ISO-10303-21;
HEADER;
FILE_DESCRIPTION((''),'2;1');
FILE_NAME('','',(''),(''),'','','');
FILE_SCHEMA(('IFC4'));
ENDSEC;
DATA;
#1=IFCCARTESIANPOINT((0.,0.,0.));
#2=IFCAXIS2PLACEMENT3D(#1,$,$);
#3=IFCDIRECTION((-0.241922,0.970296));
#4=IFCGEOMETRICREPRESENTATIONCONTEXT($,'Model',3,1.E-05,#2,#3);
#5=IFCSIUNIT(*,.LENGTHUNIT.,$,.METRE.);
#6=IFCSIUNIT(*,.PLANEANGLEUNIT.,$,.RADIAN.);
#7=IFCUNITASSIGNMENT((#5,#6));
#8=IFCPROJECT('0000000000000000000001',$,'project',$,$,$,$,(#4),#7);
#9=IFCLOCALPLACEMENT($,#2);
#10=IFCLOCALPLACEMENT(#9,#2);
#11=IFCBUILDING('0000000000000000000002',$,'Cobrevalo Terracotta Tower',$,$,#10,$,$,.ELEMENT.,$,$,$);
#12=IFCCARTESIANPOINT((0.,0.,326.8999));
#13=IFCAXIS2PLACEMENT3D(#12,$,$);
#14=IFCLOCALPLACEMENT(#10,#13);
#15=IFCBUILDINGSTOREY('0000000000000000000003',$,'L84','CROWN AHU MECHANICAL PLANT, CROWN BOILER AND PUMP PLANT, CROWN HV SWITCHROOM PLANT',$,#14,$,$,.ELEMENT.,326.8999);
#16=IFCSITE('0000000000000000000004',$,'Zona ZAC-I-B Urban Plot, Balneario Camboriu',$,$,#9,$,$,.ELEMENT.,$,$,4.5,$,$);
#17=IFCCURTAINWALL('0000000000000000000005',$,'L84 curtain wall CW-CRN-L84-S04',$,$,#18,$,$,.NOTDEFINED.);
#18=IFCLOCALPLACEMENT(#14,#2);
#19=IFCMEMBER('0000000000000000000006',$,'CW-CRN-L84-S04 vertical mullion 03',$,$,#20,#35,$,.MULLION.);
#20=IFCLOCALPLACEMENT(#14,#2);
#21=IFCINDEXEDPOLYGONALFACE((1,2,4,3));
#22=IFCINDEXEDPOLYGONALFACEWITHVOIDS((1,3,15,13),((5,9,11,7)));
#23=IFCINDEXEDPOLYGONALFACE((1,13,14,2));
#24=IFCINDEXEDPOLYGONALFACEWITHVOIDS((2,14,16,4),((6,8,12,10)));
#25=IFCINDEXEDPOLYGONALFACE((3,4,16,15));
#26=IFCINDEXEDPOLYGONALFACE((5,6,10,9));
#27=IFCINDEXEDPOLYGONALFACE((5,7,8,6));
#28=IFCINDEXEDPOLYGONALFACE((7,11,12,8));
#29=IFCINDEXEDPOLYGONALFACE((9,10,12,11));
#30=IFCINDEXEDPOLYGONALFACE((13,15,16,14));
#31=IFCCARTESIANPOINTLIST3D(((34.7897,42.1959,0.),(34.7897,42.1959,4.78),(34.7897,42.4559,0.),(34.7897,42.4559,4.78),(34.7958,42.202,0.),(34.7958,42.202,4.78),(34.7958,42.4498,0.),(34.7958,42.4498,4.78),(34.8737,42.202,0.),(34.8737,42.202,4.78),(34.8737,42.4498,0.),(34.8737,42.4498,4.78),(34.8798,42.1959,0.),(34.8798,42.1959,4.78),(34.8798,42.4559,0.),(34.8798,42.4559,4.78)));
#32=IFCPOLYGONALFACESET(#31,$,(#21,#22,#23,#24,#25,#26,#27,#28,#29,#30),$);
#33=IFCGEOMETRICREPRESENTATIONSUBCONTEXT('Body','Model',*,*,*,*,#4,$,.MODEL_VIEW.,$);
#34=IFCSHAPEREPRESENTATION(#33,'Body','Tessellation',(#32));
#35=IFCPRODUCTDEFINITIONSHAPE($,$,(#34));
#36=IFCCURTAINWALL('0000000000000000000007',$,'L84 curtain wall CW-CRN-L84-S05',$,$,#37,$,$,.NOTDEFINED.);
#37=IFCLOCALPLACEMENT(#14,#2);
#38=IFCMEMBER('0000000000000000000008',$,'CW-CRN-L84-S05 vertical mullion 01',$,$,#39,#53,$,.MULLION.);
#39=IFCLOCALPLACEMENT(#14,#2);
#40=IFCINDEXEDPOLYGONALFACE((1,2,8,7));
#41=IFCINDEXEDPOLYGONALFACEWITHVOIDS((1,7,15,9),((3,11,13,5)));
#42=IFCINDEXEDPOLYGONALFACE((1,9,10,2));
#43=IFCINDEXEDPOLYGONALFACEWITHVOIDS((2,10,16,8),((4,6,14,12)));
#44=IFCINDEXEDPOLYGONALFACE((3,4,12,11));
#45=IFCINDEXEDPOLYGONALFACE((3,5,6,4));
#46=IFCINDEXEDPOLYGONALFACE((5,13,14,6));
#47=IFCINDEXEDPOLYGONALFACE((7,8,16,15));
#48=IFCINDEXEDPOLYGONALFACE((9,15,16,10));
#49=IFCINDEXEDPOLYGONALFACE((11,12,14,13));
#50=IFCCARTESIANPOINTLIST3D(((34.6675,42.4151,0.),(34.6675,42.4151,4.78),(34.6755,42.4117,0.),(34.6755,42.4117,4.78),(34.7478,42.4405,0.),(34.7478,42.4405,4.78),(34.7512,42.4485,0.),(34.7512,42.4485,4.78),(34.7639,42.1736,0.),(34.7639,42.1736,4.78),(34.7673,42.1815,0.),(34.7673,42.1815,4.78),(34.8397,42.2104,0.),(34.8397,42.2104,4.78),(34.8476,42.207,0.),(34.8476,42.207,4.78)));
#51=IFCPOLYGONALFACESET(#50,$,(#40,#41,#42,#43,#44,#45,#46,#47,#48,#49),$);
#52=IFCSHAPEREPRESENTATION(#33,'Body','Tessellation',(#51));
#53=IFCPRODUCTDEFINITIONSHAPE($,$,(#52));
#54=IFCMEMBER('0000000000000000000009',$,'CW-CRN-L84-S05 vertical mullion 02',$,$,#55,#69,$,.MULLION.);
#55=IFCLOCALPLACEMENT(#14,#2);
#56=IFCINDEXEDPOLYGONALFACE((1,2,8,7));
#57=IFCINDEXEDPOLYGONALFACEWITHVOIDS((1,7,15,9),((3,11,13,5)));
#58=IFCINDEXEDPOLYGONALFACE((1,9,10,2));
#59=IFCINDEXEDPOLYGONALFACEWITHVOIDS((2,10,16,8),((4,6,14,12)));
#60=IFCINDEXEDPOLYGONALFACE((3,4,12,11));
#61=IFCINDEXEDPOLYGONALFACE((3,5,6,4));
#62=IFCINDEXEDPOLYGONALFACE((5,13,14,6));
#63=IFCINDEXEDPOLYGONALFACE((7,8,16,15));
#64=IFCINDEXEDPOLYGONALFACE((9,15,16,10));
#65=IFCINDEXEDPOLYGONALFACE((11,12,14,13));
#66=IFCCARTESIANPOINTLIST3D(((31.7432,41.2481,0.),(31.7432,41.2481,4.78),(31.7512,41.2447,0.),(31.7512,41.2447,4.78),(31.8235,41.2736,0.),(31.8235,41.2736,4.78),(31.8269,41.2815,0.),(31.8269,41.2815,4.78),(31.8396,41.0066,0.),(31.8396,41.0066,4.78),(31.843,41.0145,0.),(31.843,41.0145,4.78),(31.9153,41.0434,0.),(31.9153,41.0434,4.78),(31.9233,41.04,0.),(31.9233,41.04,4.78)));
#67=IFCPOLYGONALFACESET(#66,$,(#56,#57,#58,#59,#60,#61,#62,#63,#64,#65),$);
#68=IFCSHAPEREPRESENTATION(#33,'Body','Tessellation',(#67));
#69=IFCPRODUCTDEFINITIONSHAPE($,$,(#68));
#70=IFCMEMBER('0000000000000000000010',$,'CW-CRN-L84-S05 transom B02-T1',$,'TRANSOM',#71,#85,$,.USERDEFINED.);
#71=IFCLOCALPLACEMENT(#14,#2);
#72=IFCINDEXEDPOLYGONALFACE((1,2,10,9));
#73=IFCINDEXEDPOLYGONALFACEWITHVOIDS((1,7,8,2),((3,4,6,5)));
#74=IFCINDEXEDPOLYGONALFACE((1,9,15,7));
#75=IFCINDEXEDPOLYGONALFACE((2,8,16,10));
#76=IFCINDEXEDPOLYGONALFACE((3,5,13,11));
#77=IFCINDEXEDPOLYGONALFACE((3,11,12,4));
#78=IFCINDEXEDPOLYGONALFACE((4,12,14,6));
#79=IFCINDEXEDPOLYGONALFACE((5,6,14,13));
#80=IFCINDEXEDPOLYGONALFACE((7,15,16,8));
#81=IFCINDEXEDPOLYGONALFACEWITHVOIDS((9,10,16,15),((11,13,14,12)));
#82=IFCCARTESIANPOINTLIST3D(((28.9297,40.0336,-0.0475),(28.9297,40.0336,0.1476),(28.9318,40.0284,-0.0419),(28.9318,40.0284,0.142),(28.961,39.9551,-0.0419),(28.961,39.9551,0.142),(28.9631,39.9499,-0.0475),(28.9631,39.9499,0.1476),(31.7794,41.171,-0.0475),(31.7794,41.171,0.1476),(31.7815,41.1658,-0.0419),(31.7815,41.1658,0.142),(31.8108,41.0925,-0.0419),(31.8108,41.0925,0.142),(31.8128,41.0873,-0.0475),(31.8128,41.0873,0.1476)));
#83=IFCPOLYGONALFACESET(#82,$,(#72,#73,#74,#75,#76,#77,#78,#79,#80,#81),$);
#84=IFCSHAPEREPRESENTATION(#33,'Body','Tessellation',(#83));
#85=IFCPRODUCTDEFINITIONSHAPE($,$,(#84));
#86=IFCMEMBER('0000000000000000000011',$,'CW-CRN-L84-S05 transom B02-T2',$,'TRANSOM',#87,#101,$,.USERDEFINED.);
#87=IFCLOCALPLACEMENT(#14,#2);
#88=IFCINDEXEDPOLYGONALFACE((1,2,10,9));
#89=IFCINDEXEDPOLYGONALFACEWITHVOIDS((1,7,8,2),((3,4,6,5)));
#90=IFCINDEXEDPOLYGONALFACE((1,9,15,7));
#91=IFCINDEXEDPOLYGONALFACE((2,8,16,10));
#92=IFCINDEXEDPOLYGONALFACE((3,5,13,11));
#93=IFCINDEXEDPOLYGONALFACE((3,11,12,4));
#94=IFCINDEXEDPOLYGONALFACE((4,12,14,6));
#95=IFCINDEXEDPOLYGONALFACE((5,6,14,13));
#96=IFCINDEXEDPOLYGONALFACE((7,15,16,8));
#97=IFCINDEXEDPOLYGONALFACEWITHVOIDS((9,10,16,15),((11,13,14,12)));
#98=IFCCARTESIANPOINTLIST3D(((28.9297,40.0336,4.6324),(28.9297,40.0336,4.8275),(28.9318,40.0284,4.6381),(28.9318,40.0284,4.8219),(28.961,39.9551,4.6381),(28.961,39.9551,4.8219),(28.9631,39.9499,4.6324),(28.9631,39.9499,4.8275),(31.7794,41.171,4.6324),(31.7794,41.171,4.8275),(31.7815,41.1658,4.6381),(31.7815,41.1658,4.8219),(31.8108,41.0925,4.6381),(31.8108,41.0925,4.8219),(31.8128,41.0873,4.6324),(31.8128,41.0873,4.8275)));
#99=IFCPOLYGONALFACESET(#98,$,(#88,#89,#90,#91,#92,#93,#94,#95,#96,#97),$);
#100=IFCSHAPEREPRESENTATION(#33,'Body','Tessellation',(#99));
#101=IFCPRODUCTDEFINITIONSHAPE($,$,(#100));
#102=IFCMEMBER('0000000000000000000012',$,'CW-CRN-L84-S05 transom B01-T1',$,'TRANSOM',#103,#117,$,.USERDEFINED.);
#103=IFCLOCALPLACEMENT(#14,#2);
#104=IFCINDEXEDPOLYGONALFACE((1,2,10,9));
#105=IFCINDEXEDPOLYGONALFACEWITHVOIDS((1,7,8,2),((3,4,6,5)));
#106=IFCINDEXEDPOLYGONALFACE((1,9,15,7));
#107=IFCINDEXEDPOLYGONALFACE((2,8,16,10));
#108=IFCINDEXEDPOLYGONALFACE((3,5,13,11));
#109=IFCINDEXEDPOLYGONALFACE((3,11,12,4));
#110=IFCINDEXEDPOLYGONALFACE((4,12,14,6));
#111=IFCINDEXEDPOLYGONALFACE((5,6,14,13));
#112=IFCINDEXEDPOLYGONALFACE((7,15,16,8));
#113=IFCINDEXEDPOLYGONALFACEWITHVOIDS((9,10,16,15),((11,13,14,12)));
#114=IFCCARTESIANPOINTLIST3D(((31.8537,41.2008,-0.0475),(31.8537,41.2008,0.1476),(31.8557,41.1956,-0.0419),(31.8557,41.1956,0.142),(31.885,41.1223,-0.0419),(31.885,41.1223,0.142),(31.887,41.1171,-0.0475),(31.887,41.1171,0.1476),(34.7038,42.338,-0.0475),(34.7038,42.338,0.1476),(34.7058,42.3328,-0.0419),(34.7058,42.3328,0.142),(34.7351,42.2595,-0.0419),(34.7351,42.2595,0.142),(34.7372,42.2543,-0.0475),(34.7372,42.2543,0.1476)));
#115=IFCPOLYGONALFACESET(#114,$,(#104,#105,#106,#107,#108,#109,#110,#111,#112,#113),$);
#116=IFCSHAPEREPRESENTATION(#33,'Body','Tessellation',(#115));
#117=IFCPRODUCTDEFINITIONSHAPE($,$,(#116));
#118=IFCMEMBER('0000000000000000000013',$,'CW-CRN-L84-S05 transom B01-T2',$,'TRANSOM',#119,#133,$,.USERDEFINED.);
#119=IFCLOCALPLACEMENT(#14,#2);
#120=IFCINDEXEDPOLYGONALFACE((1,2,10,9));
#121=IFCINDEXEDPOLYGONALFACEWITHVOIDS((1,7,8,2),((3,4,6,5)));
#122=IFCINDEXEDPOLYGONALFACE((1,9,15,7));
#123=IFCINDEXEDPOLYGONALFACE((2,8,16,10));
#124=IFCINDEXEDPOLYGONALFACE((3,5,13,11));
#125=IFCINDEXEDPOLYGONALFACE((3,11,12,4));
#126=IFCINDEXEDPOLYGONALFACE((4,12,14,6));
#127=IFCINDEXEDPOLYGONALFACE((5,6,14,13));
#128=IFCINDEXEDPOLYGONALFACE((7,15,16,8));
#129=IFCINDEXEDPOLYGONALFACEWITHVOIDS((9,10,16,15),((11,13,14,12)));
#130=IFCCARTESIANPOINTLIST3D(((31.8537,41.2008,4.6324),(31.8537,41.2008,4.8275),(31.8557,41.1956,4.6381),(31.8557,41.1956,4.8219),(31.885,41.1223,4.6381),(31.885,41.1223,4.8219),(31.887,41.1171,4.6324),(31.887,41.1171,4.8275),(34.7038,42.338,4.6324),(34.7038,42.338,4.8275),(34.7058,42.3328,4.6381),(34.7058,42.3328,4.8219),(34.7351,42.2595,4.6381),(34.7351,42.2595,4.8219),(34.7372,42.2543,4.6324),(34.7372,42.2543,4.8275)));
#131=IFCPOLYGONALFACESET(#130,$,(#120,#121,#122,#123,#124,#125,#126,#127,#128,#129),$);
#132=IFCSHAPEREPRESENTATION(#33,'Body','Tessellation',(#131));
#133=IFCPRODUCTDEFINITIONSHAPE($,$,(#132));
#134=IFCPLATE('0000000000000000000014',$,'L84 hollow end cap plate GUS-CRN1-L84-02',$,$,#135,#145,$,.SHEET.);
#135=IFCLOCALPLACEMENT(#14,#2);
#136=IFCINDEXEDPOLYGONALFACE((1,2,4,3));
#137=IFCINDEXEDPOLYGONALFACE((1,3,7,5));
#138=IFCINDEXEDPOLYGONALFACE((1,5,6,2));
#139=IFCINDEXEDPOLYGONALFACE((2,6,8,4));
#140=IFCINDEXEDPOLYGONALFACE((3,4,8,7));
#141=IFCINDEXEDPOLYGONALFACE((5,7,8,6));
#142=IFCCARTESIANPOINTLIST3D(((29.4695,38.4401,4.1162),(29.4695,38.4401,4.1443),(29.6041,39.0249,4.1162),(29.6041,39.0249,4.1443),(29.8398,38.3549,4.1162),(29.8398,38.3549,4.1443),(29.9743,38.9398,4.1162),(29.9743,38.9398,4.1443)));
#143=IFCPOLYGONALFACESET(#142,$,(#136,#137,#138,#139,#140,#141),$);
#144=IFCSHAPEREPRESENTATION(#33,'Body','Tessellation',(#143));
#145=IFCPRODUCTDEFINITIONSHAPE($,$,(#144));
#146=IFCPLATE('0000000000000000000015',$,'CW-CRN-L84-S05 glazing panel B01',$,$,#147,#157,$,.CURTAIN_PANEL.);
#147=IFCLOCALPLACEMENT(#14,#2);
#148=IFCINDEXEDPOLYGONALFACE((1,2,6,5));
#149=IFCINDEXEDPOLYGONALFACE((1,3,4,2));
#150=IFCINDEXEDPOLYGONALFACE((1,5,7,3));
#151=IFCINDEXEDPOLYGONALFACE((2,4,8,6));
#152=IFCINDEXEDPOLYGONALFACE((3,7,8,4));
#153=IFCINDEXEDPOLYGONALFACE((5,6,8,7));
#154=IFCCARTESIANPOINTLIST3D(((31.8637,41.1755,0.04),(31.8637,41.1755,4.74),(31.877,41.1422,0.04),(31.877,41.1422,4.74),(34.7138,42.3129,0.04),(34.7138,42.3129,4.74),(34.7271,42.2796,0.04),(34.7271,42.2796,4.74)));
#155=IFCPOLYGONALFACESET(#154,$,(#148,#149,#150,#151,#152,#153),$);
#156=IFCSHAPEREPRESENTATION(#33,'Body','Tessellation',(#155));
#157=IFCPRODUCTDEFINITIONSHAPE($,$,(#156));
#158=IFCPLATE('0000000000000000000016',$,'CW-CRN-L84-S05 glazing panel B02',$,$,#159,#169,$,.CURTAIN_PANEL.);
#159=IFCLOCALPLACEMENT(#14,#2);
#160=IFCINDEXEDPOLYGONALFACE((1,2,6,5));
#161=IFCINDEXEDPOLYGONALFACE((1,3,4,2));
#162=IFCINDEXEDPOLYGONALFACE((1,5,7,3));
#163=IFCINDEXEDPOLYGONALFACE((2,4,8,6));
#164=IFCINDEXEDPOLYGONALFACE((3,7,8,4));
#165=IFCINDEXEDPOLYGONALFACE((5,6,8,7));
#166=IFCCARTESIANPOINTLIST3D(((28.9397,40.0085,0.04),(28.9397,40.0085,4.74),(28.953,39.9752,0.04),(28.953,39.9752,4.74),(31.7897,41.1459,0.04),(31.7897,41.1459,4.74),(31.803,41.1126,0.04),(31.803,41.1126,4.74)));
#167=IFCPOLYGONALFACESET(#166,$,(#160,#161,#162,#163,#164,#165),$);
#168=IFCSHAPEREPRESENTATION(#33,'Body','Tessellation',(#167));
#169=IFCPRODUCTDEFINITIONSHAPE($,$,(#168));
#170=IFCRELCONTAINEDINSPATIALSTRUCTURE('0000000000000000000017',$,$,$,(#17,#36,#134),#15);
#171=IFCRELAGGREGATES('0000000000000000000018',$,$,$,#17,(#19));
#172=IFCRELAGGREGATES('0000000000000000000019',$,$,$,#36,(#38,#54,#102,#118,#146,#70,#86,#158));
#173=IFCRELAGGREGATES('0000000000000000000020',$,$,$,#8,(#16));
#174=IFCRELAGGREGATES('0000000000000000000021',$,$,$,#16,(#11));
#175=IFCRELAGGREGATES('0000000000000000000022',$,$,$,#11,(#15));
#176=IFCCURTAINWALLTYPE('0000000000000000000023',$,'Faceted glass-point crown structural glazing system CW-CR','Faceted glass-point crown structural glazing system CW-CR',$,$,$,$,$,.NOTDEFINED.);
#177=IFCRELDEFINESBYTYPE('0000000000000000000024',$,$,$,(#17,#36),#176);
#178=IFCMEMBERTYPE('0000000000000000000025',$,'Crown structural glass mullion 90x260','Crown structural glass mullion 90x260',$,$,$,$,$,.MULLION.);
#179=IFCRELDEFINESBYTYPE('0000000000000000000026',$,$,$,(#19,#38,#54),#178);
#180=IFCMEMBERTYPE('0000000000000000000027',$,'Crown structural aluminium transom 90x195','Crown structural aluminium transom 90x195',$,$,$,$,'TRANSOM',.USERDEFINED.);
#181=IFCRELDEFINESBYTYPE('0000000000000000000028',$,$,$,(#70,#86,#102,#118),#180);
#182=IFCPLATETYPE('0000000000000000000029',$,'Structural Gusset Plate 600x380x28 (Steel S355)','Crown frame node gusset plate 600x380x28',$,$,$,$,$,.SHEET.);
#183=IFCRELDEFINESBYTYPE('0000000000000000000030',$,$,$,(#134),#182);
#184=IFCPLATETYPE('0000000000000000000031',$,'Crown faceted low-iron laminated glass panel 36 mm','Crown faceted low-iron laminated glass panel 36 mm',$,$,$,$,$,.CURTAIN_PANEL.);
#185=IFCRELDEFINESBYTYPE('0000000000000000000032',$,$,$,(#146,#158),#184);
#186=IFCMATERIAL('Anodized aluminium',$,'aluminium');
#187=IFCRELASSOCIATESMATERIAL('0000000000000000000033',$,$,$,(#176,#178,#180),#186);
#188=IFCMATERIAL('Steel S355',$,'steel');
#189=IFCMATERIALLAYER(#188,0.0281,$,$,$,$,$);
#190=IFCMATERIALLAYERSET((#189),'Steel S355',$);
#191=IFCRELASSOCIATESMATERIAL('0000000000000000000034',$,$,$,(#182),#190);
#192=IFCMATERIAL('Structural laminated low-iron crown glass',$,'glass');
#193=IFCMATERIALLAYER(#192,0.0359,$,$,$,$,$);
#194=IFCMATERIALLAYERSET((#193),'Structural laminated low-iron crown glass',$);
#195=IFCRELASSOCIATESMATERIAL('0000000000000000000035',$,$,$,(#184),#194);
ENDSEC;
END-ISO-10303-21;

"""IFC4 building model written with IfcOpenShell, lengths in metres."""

from ifc_helpers import new_model, si_unit, direction, frame, origin, origin_2d, place, context, subcontext, project, spatial, rectangle, hollow_rectangle, extrude, source, transform, mapped, material, layer, layer_set, material_profile, profile_set, type_object, element, aggregate, save


model = new_model("IFC4")

# Units and contexts
model_context = context("Model", 3, precision=1e-05, world=origin(), true_north=direction((-0.241922, 0.970296)))
body_context = subcontext(model_context, "Body", "Model", "MODEL_VIEW")
ifc_project = project(units=[si_unit("LENGTHUNIT", "METRE"), si_unit("PLANEANGLEUNIT", "RADIAN")], contexts=[model_context])

# Site, building, storey
site_placement = place(None, origin())
site = spatial("IfcSite", under=ifc_project, at=site_placement, Name="Zona ZAC-I-B Urban Plot, Balneario Camboriu", CompositionType="ELEMENT", RefElevation=4.5)
building_placement = place(site_placement, origin())
building = spatial("IfcBuilding", under=site, at=building_placement, Name="Cobrevalo Terracotta Tower", CompositionType="ELEMENT")
storey_placement = place(building_placement, frame((0.0, 0.0, 326.8999)))
storey = spatial("IfcBuildingStorey", under=building, at=storey_placement, Name="L84", Description="CROWN AHU MECHANICAL PLANT, CROWN BOILER AND PUMP PLANT, CROWN HV SWITCHROOM PLANT", CompositionType="ELEMENT", Elevation=326.8999)

# Shared definitions
ifc_material_1 = material(Name="Steel S355", Category="steel")

# Curtain wall, member
ifc_material_2 = material(Name="Anodized aluminium", Category="aluminium")
curtain_wall_type = type_object("IfcCurtainWallType", Name="Faceted glass-point crown structural glazing system CW-CR", Description="Faceted glass-point crown structural glazing system CW-CR", PredefinedType="NOTDEFINED", material=ifc_material_2)
curtain_wall_1_placement = place(storey_placement, origin())
curtain_wall_1 = element("IfcCurtainWall", 1, at=curtain_wall_1_placement, inside=storey, type_object=curtain_wall_type, Name="L84 curtain wall CW-CRN-L84-S04", PredefinedType="NOTDEFINED")
ifc_material_profile_1 = material_profile(ifc_material_2, hollow_rectangle(XDim=0.0901, YDim=0.26, WallThickness=0.0061, at=origin_2d()), Name="CWM 90x260")
ifc_profile_set_1 = profile_set([ifc_material_profile_1], Name="Anodized aluminium")
member_type_1 = type_object("IfcMemberType", Name="Crown structural glass mullion 90x260", Description="Crown structural glass mullion 90x260", PredefinedType="MULLION", material=ifc_profile_set_1)
shared_shape_1 = source(origin(), body_context, "Body", "SweptSolid", [
    extrude(hollow_rectangle(XDim=0.0901, YDim=0.26, WallThickness=0.0061, at=origin_2d()), origin(), (0.0, 0.0, 1.0), 4.78),
])
member_1_placement = place(storey_placement, frame((34.8347, 42.3259, 0.0), z_axis=(0.0, 0.0, 1.0), x_axis=(-1.0, 0.0, 0.0)))
member_1 = element("IfcMember", 2, at=member_1_placement, type_object=member_type_1, Name="CW-CRN-L84-S04 vertical mullion 03", PredefinedType="MULLION", context=body_context, shape_type="MappedRepresentation", body=[
    mapped(shared_shape_1, transform((0.0, 0.0, 0.0), scale=1.0)),
])
aggregate(curtain_wall_1, [member_1])

# Curtain wall, members
curtain_wall_2_placement = place(storey_placement, origin())
curtain_wall_2 = element("IfcCurtainWall", 3, at=curtain_wall_2_placement, inside=storey, type_object=curtain_wall_type, Name="L84 curtain wall CW-CRN-L84-S05", PredefinedType="NOTDEFINED")
member_2_placement = place(storey_placement, frame((34.7576, 42.311, 0.0), z_axis=(0.0, 0.0, 1.0), x_axis=(-0.928771, -0.370655, 0.0)))
member_2 = element("IfcMember", 4, at=member_2_placement, type_object=member_type_1, Name="CW-CRN-L84-S05 vertical mullion 01", PredefinedType="MULLION", context=body_context, shape_type="MappedRepresentation", body=[
    mapped(shared_shape_1, transform((0.0, 0.0, 0.0), scale=1.0)),
])
member_3_placement = place(storey_placement, frame((31.8333, 41.144, 0.0), z_axis=(0.0, 0.0, 1.0), x_axis=(-0.928771, -0.370655, 0.0)))
member_3 = element("IfcMember", 5, at=member_3_placement, type_object=member_type_1, Name="CW-CRN-L84-S05 vertical mullion 02", PredefinedType="MULLION", context=body_context, shape_type="MappedRepresentation", body=[
    mapped(shared_shape_1, transform((0.0, 0.0, 0.0), scale=1.0)),
])
ifc_material_profile_2 = material_profile(ifc_material_2, hollow_rectangle(XDim=0.0901, YDim=0.1951, WallThickness=0.0056, at=origin_2d()), Name="CWT 90x195")
ifc_profile_set_2 = profile_set([ifc_material_profile_2], Name="Anodized aluminium")
member_type_2 = type_object("IfcMemberType", Name="Crown structural aluminium transom 90x195", Description="Crown structural aluminium transom 90x195", ElementType="TRANSOM", PredefinedType="USERDEFINED", material=ifc_profile_set_2)
shared_shape_2 = source(origin(), body_context, "Body", "SweptSolid", [
    extrude(hollow_rectangle(XDim=0.0901, YDim=0.1951, WallThickness=0.0056, at=origin_2d()), origin(), (0.0, 0.0, 1.0), 3.0684),
])
member_4_placement = place(storey_placement, frame((31.7961, 41.1292, 0.05), z_axis=(-0.928756, -0.370691, 0.0), x_axis=(0.370691, -0.928756, 0.0)))
member_4 = element("IfcMember", 6, at=member_4_placement, type_object=member_type_2, Name="CW-CRN-L84-S05 transom B02-T1", ObjectType="TRANSOM", PredefinedType="USERDEFINED", context=body_context, shape_type="MappedRepresentation", body=[
    mapped(shared_shape_2, transform((0.0, 0.0, 0.0), scale=1.0)),
])
member_5_placement = place(storey_placement, frame((31.7961, 41.1292, 4.73), z_axis=(-0.928756, -0.370691, 0.0), x_axis=(0.370691, -0.928756, 0.0)))
member_5 = element("IfcMember", 7, at=member_5_placement, type_object=member_type_2, Name="CW-CRN-L84-S05 transom B02-T2", ObjectType="TRANSOM", PredefinedType="USERDEFINED", context=body_context, shape_type="MappedRepresentation", body=[
    mapped(shared_shape_2, transform((0.0, 0.0, 0.0), scale=1.0)),
])
shared_shape_3 = source(origin(), body_context, "Body", "SweptSolid", [
    extrude(hollow_rectangle(XDim=0.0901, YDim=0.1951, WallThickness=0.0056, at=origin_2d()), origin(), (0.0, 0.0, 1.0), 3.0686),
])
member_6_placement = place(storey_placement, frame((34.7205, 42.2961, 0.05), z_axis=(-0.928795, -0.370595, 0.0), x_axis=(0.370595, -0.928795, 0.0)))
member_6 = element("IfcMember", 8, at=member_6_placement, type_object=member_type_2, Name="CW-CRN-L84-S05 transom B01-T1", ObjectType="TRANSOM", PredefinedType="USERDEFINED", context=body_context, shape_type="MappedRepresentation", body=[
    mapped(shared_shape_3, transform((0.0, 0.0, 0.0), scale=1.0)),
])
member_7_placement = place(storey_placement, frame((34.7205, 42.2961, 4.73), z_axis=(-0.928795, -0.370595, 0.0), x_axis=(0.370595, -0.928795, 0.0)))
member_7 = element("IfcMember", 9, at=member_7_placement, type_object=member_type_2, Name="CW-CRN-L84-S05 transom B01-T2", ObjectType="TRANSOM", PredefinedType="USERDEFINED", context=body_context, shape_type="MappedRepresentation", body=[
    mapped(shared_shape_3, transform((0.0, 0.0, 0.0), scale=1.0)),
])

# Plates
ifc_layer_1 = layer(ifc_material_1, 0.0281)
ifc_layer_set_1 = layer_set([ifc_layer_1], Name="Steel S355")
plate_type_1 = type_object("IfcPlateType", Name="Structural Gusset Plate 600x380x28 (Steel S355)", Description="Crown frame node gusset plate 600x380x28", PredefinedType="SHEET", material=ifc_layer_set_1)
shared_shape_4 = source(origin(), body_context, "Body", "SweptSolid", [
    extrude(rectangle(XDim=0.6001, YDim=0.3799, at=origin_2d()), origin(), (0.0, 0.0, 1.0), 0.0281),
])
plate_1_placement = place(storey_placement, frame((29.7219, 38.6899, 4.1162), z_axis=(0.0, 0.0, 1.0), x_axis=(0.224221, 0.974538, 0.0)))
element("IfcPlate", 10, at=plate_1_placement, inside=storey, type_object=plate_type_1, Name="L84 hollow end cap plate GUS-CRN1-L84-02", PredefinedType="SHEET", context=body_context, shape_type="MappedRepresentation", body=[
    mapped(shared_shape_4, transform((0.0, 0.0, 0.0), scale=1.0)),
])
ifc_material_3 = material(Name="Structural laminated low-iron crown glass", Category="glass")
ifc_layer_2 = layer(ifc_material_3, 0.0359)
ifc_layer_set_2 = layer_set([ifc_layer_2], Name="Structural laminated low-iron crown glass")
plate_type_2 = type_object("IfcPlateType", Name="Crown faceted low-iron laminated glass panel 36 mm", Description="Crown faceted low-iron laminated glass panel 36 mm", PredefinedType="CURTAIN_PANEL", material=ifc_layer_set_2)
shared_shape_5 = source(origin(), body_context, "Body", "SweptSolid", [
    extrude(rectangle(XDim=3.0686, YDim=0.0359, at=origin_2d()), origin(), (0.0, 0.0, 1.0), 4.7),
])
plate_2_placement = place(storey_placement, frame((33.2954, 41.7275, 0.04), z_axis=(0.0, 0.0, 1.0), x_axis=(-0.928769, -0.37066, 0.0)))
plate_2 = element("IfcPlate", 11, at=plate_2_placement, type_object=plate_type_2, Name="CW-CRN-L84-S05 glazing panel B01", PredefinedType="CURTAIN_PANEL", context=body_context, shape_type="MappedRepresentation", body=[
    mapped(shared_shape_5, transform((0.0, 0.0, 0.0), scale=1.0)),
])
plate_3_placement = place(storey_placement, frame((30.3713, 40.5605, 0.04), z_axis=(0.0, 0.0, 1.0), x_axis=(-0.928769, -0.37066, 0.0)))
plate_3 = element("IfcPlate", 12, at=plate_3_placement, type_object=plate_type_2, Name="CW-CRN-L84-S05 glazing panel B02", PredefinedType="CURTAIN_PANEL", context=body_context, shape_type="MappedRepresentation", body=[
    mapped(shared_shape_5, transform((0.0, 0.0, 0.0), scale=1.0)),
])
aggregate(curtain_wall_2, [member_2, member_3, member_6, member_7, plate_2, member_4, member_5, plate_3])

save(model, "model.ifc")
